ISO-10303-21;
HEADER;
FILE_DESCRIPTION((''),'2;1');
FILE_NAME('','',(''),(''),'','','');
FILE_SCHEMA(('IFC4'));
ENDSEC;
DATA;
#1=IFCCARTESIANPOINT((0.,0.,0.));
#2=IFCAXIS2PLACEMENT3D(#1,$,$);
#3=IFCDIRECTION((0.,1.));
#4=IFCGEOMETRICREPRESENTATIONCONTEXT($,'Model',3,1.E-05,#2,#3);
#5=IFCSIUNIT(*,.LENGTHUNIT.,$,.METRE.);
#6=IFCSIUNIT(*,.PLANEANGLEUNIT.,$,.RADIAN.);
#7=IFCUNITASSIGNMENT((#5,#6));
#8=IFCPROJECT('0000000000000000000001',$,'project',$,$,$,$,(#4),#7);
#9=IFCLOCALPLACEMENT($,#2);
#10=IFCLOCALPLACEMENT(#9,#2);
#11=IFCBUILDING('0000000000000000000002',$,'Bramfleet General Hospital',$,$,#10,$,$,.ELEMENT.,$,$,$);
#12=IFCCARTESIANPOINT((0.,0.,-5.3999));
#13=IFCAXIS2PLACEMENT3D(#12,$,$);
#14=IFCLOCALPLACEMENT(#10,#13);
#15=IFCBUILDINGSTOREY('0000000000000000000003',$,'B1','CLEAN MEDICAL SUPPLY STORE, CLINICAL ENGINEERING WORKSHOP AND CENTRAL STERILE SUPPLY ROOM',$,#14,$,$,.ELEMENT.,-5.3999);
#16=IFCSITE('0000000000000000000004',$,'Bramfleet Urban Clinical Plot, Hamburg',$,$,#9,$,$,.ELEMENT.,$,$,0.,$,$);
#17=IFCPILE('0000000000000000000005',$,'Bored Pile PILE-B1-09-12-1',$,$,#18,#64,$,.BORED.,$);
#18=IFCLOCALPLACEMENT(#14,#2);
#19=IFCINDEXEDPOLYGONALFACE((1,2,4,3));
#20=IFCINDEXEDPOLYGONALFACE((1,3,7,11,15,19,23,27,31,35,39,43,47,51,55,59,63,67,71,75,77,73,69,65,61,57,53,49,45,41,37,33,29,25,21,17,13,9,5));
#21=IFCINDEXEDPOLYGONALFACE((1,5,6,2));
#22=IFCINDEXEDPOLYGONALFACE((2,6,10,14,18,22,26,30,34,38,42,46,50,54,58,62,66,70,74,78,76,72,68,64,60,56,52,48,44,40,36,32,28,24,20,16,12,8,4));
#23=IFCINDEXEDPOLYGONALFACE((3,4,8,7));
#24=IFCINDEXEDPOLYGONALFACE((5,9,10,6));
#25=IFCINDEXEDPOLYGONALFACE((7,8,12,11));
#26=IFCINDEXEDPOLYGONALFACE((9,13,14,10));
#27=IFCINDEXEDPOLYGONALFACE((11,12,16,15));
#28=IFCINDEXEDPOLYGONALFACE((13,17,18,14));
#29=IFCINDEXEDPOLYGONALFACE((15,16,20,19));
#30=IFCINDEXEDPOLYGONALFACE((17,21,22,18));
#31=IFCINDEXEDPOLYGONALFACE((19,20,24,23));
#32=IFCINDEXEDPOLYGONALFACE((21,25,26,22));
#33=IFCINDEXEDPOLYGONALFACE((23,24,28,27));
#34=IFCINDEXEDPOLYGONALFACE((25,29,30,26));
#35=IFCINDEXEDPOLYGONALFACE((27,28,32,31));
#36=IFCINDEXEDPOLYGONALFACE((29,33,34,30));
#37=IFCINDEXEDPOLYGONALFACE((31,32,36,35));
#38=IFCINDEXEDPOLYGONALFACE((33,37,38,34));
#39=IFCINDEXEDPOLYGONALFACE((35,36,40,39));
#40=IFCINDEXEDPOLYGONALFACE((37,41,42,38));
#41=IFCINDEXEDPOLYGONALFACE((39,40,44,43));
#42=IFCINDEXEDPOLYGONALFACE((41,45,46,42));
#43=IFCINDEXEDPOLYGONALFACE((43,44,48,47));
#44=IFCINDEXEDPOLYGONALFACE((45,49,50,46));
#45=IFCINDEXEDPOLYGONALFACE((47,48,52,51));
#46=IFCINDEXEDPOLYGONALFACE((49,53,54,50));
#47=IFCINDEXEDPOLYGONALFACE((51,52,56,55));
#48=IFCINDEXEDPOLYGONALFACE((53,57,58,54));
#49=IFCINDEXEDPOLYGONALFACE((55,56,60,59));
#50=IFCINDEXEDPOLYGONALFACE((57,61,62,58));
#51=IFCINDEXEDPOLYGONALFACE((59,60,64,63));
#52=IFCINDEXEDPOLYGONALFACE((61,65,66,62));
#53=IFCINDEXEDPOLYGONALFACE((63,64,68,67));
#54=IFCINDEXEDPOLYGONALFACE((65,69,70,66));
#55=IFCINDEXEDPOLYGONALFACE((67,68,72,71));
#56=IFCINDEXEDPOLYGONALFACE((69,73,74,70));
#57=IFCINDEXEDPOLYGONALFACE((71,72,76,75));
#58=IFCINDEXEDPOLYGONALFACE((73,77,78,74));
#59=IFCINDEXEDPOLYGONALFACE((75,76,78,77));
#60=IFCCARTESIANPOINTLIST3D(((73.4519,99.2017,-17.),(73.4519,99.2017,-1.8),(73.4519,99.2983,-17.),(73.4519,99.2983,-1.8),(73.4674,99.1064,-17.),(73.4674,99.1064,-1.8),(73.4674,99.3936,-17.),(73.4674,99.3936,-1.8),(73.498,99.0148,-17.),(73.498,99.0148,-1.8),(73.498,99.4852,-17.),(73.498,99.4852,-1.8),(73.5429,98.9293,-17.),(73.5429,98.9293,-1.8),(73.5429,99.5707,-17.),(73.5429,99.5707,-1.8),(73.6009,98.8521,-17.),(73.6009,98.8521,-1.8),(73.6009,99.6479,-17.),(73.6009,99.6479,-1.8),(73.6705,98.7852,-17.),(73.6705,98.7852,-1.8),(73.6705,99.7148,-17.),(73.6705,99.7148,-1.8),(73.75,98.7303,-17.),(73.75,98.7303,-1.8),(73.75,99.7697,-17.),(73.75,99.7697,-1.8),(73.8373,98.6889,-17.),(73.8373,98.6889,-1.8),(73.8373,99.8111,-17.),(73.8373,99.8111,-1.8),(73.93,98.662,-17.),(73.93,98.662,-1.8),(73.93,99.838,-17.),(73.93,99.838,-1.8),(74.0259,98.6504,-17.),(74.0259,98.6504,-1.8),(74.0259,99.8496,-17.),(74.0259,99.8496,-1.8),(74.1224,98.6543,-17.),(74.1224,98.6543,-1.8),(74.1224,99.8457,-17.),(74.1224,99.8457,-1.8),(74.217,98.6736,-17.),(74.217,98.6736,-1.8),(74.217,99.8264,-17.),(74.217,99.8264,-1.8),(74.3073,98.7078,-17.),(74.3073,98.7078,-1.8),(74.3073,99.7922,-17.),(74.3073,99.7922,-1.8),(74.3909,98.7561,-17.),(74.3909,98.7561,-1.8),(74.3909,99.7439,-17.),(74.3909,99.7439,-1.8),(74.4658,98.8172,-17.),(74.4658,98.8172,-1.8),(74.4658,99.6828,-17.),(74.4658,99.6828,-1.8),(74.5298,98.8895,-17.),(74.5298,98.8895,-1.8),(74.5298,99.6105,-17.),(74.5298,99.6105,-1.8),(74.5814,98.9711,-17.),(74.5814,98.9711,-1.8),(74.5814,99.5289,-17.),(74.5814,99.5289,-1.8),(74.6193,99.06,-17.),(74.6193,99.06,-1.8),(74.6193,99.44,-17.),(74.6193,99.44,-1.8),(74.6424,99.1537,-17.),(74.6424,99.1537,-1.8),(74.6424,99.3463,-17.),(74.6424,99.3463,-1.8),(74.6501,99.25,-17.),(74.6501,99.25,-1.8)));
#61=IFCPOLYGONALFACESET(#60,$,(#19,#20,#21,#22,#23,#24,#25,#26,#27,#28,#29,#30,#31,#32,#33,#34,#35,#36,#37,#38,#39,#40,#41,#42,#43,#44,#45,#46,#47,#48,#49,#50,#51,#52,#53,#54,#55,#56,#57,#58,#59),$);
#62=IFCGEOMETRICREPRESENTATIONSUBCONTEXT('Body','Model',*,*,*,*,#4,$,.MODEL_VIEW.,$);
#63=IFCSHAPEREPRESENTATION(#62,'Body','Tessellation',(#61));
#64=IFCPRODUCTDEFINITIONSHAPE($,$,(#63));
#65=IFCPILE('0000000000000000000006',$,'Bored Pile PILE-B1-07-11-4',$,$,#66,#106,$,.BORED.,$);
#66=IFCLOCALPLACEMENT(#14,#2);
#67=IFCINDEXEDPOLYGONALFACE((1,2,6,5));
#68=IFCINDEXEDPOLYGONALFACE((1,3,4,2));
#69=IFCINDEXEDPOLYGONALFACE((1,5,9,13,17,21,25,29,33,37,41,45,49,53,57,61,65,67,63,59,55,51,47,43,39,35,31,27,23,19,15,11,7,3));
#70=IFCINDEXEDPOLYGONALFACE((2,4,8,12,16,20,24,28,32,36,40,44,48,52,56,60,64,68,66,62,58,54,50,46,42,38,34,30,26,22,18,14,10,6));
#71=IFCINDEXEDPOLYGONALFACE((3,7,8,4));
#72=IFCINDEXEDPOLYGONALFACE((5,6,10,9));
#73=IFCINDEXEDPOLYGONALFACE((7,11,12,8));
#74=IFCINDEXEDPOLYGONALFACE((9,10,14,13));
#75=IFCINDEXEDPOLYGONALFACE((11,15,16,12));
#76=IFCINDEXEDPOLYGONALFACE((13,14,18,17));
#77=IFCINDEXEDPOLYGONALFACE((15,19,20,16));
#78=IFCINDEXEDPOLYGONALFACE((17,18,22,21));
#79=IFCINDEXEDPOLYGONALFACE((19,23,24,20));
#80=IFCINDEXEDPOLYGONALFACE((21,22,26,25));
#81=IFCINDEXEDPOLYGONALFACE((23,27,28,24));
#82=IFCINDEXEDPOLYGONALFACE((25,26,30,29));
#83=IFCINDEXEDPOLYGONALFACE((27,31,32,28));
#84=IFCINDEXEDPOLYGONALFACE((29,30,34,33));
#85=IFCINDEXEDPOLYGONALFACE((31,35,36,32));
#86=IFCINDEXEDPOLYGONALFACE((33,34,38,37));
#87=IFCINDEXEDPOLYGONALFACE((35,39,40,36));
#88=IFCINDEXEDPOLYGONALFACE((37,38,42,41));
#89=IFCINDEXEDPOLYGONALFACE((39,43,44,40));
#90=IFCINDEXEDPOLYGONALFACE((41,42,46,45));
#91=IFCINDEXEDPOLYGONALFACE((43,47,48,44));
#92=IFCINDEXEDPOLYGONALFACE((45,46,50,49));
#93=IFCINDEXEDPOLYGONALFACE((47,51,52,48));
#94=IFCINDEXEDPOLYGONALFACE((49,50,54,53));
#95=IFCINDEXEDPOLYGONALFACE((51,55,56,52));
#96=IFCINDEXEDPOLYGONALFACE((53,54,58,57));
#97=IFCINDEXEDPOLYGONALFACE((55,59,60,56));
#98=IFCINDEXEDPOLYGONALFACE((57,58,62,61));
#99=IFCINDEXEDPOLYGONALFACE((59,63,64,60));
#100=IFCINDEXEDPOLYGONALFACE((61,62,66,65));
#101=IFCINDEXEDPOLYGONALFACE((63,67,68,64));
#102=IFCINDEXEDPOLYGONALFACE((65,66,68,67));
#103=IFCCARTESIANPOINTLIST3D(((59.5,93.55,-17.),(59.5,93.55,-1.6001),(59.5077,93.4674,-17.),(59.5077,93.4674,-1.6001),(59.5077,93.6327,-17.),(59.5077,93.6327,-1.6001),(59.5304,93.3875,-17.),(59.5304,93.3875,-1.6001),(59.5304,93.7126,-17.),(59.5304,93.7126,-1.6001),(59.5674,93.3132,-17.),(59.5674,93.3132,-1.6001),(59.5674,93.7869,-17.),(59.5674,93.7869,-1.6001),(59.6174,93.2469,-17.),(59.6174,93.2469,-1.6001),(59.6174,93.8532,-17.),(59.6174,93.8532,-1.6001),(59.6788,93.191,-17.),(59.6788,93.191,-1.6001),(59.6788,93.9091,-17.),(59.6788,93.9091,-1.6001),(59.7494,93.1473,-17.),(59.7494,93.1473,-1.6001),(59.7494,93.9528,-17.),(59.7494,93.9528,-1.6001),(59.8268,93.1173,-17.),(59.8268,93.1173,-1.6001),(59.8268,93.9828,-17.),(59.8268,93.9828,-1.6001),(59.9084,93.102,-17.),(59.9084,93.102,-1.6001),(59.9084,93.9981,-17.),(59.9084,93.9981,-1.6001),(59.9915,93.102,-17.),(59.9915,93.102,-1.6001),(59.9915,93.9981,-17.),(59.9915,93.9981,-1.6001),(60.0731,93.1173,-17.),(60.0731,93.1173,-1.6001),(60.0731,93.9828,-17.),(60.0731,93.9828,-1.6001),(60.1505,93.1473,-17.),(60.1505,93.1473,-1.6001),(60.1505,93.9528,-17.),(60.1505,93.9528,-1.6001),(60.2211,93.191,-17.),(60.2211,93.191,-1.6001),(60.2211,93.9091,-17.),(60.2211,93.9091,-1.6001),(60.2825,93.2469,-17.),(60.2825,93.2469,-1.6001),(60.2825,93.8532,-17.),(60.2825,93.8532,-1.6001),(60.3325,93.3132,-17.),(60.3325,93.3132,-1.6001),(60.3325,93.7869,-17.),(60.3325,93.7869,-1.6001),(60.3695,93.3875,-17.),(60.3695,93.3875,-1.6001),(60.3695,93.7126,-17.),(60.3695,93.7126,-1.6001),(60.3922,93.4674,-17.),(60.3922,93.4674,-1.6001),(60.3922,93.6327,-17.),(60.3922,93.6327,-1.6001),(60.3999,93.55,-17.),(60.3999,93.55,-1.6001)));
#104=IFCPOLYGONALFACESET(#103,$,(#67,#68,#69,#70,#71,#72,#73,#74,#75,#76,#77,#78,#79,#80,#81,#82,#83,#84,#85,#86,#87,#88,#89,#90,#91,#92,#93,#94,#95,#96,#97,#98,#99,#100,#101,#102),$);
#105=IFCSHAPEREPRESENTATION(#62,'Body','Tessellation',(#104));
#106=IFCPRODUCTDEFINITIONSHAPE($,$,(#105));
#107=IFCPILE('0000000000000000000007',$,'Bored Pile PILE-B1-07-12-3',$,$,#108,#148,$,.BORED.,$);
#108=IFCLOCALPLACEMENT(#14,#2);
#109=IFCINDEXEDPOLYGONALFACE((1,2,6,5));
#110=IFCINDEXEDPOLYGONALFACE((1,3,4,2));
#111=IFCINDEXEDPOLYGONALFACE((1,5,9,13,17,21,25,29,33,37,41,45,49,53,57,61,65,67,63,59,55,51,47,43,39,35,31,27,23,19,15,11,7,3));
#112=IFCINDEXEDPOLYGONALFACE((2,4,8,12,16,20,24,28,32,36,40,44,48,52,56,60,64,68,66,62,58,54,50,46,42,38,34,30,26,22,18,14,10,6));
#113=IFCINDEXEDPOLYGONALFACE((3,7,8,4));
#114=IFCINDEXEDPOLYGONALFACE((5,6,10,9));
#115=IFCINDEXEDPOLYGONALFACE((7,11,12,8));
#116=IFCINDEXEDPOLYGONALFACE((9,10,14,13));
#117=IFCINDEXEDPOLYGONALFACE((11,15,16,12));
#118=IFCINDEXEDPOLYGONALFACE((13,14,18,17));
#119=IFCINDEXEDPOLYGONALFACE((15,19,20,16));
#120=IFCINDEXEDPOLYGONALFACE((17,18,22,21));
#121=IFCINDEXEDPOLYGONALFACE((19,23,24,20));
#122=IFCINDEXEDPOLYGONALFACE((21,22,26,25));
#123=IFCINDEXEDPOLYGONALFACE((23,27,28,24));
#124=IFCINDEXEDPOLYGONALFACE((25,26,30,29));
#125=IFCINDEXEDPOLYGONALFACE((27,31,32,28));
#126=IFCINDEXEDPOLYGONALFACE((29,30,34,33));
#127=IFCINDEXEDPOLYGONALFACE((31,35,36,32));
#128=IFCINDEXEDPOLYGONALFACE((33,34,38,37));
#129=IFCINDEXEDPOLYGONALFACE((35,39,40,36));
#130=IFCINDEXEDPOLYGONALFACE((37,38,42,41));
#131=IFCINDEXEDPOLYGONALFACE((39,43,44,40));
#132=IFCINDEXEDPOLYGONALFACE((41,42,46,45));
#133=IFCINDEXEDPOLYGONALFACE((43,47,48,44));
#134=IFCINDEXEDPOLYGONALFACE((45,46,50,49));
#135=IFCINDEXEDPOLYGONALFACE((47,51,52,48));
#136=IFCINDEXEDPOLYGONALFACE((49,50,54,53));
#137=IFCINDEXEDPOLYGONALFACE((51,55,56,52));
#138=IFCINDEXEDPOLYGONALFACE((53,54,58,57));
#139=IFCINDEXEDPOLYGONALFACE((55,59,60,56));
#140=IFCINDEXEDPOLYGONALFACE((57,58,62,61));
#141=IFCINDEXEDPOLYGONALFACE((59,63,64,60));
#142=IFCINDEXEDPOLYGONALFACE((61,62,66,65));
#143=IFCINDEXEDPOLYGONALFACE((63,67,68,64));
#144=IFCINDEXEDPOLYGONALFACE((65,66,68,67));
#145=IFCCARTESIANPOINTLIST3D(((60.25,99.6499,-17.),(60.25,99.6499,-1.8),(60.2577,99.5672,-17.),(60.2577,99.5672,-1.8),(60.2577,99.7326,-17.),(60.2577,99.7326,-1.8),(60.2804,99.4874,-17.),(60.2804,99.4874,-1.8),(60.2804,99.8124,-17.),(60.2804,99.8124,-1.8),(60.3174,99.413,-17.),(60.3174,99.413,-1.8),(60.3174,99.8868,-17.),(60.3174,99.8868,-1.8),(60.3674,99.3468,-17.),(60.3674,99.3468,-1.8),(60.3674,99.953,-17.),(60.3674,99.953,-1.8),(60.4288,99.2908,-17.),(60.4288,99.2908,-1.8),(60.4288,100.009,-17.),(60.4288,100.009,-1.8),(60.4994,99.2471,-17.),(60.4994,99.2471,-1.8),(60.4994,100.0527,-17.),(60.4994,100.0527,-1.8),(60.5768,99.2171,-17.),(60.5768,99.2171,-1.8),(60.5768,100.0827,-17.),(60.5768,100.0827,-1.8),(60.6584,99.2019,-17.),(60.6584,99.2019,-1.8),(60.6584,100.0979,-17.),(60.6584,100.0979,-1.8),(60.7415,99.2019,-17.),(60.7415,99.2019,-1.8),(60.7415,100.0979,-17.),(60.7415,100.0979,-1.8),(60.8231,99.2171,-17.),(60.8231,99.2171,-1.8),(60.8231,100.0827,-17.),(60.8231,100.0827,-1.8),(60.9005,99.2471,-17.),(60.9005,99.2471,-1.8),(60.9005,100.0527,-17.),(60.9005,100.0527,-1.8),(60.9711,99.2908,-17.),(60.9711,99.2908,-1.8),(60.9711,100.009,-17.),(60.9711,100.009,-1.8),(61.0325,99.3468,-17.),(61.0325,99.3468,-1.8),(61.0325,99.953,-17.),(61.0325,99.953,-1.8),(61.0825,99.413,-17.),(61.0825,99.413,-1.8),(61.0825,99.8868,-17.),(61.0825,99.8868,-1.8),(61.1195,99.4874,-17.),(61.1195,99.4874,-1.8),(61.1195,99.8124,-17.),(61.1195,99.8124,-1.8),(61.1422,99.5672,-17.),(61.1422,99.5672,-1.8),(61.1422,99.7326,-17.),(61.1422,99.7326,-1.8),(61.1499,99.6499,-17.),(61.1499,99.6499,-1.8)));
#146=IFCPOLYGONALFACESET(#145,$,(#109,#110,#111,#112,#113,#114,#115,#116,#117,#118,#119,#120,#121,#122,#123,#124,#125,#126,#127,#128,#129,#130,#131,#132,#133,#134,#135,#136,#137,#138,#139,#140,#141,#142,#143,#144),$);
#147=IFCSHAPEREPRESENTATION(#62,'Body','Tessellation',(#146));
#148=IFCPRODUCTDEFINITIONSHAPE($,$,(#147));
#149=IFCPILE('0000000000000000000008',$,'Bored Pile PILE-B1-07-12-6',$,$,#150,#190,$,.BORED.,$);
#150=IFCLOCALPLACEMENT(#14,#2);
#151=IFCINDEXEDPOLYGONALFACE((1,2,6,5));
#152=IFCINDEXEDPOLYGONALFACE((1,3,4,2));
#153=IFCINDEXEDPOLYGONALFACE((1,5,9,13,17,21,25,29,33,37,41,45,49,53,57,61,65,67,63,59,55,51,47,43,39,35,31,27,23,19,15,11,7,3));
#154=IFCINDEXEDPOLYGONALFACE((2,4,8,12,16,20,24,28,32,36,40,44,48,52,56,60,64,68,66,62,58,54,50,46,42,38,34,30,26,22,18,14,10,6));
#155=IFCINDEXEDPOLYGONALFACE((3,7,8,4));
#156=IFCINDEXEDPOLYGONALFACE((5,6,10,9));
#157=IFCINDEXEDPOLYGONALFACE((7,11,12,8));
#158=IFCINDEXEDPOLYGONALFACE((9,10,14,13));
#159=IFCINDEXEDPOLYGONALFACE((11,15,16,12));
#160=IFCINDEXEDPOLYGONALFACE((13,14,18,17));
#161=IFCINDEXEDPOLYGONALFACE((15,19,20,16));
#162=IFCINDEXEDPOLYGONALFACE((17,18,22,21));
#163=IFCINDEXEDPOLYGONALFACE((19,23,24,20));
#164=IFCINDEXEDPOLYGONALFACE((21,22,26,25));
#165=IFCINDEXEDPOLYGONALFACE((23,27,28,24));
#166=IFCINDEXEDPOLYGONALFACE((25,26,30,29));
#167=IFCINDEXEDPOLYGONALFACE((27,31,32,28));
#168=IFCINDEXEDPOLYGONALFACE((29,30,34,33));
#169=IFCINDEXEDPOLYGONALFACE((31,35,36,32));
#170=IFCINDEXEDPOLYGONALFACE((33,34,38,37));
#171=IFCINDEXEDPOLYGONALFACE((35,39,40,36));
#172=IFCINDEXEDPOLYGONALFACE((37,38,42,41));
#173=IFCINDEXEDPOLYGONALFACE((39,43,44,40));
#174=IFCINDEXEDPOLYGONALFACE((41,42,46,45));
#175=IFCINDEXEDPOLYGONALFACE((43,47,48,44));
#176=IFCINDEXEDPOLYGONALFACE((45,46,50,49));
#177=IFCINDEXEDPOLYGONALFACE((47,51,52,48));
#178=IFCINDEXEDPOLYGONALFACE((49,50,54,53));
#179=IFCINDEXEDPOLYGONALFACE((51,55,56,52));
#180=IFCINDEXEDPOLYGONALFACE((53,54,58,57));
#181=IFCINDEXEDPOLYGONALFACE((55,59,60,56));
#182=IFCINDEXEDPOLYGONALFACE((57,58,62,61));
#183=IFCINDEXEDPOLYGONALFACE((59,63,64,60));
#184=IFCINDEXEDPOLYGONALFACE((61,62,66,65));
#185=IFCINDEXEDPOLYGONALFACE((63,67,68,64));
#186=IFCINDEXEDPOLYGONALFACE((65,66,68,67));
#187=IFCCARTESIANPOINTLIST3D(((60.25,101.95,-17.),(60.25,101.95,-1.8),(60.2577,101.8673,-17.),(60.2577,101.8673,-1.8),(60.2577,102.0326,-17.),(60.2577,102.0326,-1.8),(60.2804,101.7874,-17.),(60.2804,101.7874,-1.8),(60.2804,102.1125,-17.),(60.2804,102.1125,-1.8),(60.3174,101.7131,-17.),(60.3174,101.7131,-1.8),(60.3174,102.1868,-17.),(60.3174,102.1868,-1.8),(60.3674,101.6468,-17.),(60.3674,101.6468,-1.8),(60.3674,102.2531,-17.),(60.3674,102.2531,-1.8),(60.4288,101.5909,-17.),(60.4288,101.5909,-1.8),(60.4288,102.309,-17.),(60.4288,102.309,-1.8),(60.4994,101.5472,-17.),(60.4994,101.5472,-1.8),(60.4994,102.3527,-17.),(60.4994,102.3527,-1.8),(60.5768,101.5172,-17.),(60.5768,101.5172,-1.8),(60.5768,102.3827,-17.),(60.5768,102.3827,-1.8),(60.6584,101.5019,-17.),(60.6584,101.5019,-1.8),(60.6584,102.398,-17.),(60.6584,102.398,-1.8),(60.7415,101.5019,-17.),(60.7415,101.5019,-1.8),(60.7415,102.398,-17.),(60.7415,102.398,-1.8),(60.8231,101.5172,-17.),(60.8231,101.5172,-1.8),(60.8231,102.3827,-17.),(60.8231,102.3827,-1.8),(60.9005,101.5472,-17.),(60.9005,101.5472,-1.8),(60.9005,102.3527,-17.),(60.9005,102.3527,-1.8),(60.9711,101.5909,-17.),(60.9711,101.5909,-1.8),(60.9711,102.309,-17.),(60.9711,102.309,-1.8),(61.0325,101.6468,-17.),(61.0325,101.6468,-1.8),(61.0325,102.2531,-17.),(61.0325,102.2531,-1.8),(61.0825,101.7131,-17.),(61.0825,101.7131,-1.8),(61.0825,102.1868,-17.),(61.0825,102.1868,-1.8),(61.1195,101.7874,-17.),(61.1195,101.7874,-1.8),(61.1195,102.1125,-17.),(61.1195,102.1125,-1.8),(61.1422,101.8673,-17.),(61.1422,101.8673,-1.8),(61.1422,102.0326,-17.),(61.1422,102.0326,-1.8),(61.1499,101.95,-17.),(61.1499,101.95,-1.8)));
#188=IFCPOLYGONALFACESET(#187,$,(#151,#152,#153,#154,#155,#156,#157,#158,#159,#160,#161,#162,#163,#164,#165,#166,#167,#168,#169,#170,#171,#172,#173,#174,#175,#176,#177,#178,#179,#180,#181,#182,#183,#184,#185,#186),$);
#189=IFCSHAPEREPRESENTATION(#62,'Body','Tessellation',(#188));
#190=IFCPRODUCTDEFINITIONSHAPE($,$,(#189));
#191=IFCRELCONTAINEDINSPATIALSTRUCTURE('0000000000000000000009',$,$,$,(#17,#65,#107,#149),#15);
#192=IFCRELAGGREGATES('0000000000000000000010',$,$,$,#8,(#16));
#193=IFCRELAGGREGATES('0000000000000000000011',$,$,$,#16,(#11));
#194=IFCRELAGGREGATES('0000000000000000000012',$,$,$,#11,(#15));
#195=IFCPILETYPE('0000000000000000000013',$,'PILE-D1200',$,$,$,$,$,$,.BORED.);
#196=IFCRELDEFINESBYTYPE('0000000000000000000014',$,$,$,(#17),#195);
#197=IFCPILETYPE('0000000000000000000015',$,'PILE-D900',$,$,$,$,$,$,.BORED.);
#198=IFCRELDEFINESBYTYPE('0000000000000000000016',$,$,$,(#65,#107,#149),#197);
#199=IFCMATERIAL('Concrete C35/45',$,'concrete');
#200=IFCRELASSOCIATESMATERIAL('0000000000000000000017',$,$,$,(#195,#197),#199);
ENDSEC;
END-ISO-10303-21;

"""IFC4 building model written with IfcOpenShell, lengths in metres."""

from ifc_helpers import new_model, si_unit, direction, frame, origin, origin_2d, place, context, subcontext, project, spatial, circle, extrude, material, material_profile, profile_set, type_object, element, save


model = new_model("IFC4")

# Units and contexts
model_context = context("Model", 3, precision=1e-05, world=origin(), true_north=direction((0.0, 1.0)))
body_context = subcontext(model_context, "Body", "Model", "MODEL_VIEW")
ifc_project = project(units=[si_unit("LENGTHUNIT", "METRE"), si_unit("PLANEANGLEUNIT", "RADIAN")], contexts=[model_context])

# Site, building, storey
site_placement = place(None, origin())
site = spatial("IfcSite", under=ifc_project, at=site_placement, Name="Bramfleet Urban Clinical Plot, Hamburg", CompositionType="ELEMENT", RefElevation=0.0)
building_placement = place(site_placement, origin())
building = spatial("IfcBuilding", under=site, at=building_placement, Name="Bramfleet General Hospital", CompositionType="ELEMENT")
storey_placement = place(building_placement, frame((0.0, 0.0, -5.3999)))
storey = spatial("IfcBuildingStorey", under=building, at=storey_placement, Name="B1", Description="CLEAN MEDICAL SUPPLY STORE, CLINICAL ENGINEERING WORKSHOP AND CENTRAL STERILE SUPPLY ROOM", CompositionType="ELEMENT", Elevation=-5.3999)

# Shared definitions
ifc_material_1 = material(Name="Concrete C35/45", Category="concrete")

# Piles
ifc_material_profile_1 = material_profile(ifc_material_1, circle(Radius=0.6001, at=origin_2d()), Name="PILE BORED D1200")
ifc_profile_set_1 = profile_set([ifc_material_profile_1], Name="Concrete C35/45")
pile_type_1 = type_object("IfcPileType", Name="PILE-D1200", PredefinedType="BORED", material=ifc_profile_set_1)
for number, where, z_axis, x_axis, name in (
    (1, (74.05, 99.25, -1.8), (0.0, 0.0, -1.0), (1.0, 0.0, 0.0), "Bored Pile PILE-B1-09-12-1"),
):
    element("IfcPile", number, at=place(storey_placement, frame(where, z_axis=z_axis, x_axis=x_axis)), inside=storey, type_object=pile_type_1, Name=name, PredefinedType="BORED", context=body_context, shape_type="SweptSolid", body=[
        extrude(circle(Radius=0.6001, at=origin_2d()), origin(), (0.0, 0.0, 1.0), 15.2),
    ])
ifc_material_profile_2 = material_profile(ifc_material_1, circle(Radius=0.45, at=origin_2d()), Name="PILE BORED D900")
ifc_profile_set_2 = profile_set([ifc_material_profile_2], Name="Concrete C35/45")
pile_type_2 = type_object("IfcPileType", Name="PILE-D900", PredefinedType="BORED", material=ifc_profile_set_2)
pile_placement = place(storey_placement, frame((59.95, 93.55, -1.6001), z_axis=(0.0, 0.0, -1.0), x_axis=(1.0, 0.0, 0.0)))
element("IfcPile", 2, at=pile_placement, inside=storey, type_object=pile_type_2, Name="Bored Pile PILE-B1-07-11-4", PredefinedType="BORED", context=body_context, shape_type="SweptSolid", body=[
    extrude(circle(Radius=0.45, at=origin_2d()), origin(), (0.0, 0.0, 1.0), 15.3999),
])
for number, where, z_axis, x_axis, name in (
    (3, (60.7, 99.6499, -1.8), (0.0, 0.0, -1.0), (1.0, 0.0, 0.0), "Bored Pile PILE-B1-07-12-3"),
    (4, (60.7, 101.95, -1.8), (0.0, 0.0, -1.0), (1.0, 0.0, 0.0), "Bored Pile PILE-B1-07-12-6"),
):
    element("IfcPile", number, at=place(storey_placement, frame(where, z_axis=z_axis, x_axis=x_axis)), inside=storey, type_object=pile_type_2, Name=name, PredefinedType="BORED", context=body_context, shape_type="SweptSolid", body=[
        extrude(circle(Radius=0.45, at=origin_2d()), origin(), (0.0, 0.0, 1.0), 15.2),
    ])

save(model, "model.ifc")
